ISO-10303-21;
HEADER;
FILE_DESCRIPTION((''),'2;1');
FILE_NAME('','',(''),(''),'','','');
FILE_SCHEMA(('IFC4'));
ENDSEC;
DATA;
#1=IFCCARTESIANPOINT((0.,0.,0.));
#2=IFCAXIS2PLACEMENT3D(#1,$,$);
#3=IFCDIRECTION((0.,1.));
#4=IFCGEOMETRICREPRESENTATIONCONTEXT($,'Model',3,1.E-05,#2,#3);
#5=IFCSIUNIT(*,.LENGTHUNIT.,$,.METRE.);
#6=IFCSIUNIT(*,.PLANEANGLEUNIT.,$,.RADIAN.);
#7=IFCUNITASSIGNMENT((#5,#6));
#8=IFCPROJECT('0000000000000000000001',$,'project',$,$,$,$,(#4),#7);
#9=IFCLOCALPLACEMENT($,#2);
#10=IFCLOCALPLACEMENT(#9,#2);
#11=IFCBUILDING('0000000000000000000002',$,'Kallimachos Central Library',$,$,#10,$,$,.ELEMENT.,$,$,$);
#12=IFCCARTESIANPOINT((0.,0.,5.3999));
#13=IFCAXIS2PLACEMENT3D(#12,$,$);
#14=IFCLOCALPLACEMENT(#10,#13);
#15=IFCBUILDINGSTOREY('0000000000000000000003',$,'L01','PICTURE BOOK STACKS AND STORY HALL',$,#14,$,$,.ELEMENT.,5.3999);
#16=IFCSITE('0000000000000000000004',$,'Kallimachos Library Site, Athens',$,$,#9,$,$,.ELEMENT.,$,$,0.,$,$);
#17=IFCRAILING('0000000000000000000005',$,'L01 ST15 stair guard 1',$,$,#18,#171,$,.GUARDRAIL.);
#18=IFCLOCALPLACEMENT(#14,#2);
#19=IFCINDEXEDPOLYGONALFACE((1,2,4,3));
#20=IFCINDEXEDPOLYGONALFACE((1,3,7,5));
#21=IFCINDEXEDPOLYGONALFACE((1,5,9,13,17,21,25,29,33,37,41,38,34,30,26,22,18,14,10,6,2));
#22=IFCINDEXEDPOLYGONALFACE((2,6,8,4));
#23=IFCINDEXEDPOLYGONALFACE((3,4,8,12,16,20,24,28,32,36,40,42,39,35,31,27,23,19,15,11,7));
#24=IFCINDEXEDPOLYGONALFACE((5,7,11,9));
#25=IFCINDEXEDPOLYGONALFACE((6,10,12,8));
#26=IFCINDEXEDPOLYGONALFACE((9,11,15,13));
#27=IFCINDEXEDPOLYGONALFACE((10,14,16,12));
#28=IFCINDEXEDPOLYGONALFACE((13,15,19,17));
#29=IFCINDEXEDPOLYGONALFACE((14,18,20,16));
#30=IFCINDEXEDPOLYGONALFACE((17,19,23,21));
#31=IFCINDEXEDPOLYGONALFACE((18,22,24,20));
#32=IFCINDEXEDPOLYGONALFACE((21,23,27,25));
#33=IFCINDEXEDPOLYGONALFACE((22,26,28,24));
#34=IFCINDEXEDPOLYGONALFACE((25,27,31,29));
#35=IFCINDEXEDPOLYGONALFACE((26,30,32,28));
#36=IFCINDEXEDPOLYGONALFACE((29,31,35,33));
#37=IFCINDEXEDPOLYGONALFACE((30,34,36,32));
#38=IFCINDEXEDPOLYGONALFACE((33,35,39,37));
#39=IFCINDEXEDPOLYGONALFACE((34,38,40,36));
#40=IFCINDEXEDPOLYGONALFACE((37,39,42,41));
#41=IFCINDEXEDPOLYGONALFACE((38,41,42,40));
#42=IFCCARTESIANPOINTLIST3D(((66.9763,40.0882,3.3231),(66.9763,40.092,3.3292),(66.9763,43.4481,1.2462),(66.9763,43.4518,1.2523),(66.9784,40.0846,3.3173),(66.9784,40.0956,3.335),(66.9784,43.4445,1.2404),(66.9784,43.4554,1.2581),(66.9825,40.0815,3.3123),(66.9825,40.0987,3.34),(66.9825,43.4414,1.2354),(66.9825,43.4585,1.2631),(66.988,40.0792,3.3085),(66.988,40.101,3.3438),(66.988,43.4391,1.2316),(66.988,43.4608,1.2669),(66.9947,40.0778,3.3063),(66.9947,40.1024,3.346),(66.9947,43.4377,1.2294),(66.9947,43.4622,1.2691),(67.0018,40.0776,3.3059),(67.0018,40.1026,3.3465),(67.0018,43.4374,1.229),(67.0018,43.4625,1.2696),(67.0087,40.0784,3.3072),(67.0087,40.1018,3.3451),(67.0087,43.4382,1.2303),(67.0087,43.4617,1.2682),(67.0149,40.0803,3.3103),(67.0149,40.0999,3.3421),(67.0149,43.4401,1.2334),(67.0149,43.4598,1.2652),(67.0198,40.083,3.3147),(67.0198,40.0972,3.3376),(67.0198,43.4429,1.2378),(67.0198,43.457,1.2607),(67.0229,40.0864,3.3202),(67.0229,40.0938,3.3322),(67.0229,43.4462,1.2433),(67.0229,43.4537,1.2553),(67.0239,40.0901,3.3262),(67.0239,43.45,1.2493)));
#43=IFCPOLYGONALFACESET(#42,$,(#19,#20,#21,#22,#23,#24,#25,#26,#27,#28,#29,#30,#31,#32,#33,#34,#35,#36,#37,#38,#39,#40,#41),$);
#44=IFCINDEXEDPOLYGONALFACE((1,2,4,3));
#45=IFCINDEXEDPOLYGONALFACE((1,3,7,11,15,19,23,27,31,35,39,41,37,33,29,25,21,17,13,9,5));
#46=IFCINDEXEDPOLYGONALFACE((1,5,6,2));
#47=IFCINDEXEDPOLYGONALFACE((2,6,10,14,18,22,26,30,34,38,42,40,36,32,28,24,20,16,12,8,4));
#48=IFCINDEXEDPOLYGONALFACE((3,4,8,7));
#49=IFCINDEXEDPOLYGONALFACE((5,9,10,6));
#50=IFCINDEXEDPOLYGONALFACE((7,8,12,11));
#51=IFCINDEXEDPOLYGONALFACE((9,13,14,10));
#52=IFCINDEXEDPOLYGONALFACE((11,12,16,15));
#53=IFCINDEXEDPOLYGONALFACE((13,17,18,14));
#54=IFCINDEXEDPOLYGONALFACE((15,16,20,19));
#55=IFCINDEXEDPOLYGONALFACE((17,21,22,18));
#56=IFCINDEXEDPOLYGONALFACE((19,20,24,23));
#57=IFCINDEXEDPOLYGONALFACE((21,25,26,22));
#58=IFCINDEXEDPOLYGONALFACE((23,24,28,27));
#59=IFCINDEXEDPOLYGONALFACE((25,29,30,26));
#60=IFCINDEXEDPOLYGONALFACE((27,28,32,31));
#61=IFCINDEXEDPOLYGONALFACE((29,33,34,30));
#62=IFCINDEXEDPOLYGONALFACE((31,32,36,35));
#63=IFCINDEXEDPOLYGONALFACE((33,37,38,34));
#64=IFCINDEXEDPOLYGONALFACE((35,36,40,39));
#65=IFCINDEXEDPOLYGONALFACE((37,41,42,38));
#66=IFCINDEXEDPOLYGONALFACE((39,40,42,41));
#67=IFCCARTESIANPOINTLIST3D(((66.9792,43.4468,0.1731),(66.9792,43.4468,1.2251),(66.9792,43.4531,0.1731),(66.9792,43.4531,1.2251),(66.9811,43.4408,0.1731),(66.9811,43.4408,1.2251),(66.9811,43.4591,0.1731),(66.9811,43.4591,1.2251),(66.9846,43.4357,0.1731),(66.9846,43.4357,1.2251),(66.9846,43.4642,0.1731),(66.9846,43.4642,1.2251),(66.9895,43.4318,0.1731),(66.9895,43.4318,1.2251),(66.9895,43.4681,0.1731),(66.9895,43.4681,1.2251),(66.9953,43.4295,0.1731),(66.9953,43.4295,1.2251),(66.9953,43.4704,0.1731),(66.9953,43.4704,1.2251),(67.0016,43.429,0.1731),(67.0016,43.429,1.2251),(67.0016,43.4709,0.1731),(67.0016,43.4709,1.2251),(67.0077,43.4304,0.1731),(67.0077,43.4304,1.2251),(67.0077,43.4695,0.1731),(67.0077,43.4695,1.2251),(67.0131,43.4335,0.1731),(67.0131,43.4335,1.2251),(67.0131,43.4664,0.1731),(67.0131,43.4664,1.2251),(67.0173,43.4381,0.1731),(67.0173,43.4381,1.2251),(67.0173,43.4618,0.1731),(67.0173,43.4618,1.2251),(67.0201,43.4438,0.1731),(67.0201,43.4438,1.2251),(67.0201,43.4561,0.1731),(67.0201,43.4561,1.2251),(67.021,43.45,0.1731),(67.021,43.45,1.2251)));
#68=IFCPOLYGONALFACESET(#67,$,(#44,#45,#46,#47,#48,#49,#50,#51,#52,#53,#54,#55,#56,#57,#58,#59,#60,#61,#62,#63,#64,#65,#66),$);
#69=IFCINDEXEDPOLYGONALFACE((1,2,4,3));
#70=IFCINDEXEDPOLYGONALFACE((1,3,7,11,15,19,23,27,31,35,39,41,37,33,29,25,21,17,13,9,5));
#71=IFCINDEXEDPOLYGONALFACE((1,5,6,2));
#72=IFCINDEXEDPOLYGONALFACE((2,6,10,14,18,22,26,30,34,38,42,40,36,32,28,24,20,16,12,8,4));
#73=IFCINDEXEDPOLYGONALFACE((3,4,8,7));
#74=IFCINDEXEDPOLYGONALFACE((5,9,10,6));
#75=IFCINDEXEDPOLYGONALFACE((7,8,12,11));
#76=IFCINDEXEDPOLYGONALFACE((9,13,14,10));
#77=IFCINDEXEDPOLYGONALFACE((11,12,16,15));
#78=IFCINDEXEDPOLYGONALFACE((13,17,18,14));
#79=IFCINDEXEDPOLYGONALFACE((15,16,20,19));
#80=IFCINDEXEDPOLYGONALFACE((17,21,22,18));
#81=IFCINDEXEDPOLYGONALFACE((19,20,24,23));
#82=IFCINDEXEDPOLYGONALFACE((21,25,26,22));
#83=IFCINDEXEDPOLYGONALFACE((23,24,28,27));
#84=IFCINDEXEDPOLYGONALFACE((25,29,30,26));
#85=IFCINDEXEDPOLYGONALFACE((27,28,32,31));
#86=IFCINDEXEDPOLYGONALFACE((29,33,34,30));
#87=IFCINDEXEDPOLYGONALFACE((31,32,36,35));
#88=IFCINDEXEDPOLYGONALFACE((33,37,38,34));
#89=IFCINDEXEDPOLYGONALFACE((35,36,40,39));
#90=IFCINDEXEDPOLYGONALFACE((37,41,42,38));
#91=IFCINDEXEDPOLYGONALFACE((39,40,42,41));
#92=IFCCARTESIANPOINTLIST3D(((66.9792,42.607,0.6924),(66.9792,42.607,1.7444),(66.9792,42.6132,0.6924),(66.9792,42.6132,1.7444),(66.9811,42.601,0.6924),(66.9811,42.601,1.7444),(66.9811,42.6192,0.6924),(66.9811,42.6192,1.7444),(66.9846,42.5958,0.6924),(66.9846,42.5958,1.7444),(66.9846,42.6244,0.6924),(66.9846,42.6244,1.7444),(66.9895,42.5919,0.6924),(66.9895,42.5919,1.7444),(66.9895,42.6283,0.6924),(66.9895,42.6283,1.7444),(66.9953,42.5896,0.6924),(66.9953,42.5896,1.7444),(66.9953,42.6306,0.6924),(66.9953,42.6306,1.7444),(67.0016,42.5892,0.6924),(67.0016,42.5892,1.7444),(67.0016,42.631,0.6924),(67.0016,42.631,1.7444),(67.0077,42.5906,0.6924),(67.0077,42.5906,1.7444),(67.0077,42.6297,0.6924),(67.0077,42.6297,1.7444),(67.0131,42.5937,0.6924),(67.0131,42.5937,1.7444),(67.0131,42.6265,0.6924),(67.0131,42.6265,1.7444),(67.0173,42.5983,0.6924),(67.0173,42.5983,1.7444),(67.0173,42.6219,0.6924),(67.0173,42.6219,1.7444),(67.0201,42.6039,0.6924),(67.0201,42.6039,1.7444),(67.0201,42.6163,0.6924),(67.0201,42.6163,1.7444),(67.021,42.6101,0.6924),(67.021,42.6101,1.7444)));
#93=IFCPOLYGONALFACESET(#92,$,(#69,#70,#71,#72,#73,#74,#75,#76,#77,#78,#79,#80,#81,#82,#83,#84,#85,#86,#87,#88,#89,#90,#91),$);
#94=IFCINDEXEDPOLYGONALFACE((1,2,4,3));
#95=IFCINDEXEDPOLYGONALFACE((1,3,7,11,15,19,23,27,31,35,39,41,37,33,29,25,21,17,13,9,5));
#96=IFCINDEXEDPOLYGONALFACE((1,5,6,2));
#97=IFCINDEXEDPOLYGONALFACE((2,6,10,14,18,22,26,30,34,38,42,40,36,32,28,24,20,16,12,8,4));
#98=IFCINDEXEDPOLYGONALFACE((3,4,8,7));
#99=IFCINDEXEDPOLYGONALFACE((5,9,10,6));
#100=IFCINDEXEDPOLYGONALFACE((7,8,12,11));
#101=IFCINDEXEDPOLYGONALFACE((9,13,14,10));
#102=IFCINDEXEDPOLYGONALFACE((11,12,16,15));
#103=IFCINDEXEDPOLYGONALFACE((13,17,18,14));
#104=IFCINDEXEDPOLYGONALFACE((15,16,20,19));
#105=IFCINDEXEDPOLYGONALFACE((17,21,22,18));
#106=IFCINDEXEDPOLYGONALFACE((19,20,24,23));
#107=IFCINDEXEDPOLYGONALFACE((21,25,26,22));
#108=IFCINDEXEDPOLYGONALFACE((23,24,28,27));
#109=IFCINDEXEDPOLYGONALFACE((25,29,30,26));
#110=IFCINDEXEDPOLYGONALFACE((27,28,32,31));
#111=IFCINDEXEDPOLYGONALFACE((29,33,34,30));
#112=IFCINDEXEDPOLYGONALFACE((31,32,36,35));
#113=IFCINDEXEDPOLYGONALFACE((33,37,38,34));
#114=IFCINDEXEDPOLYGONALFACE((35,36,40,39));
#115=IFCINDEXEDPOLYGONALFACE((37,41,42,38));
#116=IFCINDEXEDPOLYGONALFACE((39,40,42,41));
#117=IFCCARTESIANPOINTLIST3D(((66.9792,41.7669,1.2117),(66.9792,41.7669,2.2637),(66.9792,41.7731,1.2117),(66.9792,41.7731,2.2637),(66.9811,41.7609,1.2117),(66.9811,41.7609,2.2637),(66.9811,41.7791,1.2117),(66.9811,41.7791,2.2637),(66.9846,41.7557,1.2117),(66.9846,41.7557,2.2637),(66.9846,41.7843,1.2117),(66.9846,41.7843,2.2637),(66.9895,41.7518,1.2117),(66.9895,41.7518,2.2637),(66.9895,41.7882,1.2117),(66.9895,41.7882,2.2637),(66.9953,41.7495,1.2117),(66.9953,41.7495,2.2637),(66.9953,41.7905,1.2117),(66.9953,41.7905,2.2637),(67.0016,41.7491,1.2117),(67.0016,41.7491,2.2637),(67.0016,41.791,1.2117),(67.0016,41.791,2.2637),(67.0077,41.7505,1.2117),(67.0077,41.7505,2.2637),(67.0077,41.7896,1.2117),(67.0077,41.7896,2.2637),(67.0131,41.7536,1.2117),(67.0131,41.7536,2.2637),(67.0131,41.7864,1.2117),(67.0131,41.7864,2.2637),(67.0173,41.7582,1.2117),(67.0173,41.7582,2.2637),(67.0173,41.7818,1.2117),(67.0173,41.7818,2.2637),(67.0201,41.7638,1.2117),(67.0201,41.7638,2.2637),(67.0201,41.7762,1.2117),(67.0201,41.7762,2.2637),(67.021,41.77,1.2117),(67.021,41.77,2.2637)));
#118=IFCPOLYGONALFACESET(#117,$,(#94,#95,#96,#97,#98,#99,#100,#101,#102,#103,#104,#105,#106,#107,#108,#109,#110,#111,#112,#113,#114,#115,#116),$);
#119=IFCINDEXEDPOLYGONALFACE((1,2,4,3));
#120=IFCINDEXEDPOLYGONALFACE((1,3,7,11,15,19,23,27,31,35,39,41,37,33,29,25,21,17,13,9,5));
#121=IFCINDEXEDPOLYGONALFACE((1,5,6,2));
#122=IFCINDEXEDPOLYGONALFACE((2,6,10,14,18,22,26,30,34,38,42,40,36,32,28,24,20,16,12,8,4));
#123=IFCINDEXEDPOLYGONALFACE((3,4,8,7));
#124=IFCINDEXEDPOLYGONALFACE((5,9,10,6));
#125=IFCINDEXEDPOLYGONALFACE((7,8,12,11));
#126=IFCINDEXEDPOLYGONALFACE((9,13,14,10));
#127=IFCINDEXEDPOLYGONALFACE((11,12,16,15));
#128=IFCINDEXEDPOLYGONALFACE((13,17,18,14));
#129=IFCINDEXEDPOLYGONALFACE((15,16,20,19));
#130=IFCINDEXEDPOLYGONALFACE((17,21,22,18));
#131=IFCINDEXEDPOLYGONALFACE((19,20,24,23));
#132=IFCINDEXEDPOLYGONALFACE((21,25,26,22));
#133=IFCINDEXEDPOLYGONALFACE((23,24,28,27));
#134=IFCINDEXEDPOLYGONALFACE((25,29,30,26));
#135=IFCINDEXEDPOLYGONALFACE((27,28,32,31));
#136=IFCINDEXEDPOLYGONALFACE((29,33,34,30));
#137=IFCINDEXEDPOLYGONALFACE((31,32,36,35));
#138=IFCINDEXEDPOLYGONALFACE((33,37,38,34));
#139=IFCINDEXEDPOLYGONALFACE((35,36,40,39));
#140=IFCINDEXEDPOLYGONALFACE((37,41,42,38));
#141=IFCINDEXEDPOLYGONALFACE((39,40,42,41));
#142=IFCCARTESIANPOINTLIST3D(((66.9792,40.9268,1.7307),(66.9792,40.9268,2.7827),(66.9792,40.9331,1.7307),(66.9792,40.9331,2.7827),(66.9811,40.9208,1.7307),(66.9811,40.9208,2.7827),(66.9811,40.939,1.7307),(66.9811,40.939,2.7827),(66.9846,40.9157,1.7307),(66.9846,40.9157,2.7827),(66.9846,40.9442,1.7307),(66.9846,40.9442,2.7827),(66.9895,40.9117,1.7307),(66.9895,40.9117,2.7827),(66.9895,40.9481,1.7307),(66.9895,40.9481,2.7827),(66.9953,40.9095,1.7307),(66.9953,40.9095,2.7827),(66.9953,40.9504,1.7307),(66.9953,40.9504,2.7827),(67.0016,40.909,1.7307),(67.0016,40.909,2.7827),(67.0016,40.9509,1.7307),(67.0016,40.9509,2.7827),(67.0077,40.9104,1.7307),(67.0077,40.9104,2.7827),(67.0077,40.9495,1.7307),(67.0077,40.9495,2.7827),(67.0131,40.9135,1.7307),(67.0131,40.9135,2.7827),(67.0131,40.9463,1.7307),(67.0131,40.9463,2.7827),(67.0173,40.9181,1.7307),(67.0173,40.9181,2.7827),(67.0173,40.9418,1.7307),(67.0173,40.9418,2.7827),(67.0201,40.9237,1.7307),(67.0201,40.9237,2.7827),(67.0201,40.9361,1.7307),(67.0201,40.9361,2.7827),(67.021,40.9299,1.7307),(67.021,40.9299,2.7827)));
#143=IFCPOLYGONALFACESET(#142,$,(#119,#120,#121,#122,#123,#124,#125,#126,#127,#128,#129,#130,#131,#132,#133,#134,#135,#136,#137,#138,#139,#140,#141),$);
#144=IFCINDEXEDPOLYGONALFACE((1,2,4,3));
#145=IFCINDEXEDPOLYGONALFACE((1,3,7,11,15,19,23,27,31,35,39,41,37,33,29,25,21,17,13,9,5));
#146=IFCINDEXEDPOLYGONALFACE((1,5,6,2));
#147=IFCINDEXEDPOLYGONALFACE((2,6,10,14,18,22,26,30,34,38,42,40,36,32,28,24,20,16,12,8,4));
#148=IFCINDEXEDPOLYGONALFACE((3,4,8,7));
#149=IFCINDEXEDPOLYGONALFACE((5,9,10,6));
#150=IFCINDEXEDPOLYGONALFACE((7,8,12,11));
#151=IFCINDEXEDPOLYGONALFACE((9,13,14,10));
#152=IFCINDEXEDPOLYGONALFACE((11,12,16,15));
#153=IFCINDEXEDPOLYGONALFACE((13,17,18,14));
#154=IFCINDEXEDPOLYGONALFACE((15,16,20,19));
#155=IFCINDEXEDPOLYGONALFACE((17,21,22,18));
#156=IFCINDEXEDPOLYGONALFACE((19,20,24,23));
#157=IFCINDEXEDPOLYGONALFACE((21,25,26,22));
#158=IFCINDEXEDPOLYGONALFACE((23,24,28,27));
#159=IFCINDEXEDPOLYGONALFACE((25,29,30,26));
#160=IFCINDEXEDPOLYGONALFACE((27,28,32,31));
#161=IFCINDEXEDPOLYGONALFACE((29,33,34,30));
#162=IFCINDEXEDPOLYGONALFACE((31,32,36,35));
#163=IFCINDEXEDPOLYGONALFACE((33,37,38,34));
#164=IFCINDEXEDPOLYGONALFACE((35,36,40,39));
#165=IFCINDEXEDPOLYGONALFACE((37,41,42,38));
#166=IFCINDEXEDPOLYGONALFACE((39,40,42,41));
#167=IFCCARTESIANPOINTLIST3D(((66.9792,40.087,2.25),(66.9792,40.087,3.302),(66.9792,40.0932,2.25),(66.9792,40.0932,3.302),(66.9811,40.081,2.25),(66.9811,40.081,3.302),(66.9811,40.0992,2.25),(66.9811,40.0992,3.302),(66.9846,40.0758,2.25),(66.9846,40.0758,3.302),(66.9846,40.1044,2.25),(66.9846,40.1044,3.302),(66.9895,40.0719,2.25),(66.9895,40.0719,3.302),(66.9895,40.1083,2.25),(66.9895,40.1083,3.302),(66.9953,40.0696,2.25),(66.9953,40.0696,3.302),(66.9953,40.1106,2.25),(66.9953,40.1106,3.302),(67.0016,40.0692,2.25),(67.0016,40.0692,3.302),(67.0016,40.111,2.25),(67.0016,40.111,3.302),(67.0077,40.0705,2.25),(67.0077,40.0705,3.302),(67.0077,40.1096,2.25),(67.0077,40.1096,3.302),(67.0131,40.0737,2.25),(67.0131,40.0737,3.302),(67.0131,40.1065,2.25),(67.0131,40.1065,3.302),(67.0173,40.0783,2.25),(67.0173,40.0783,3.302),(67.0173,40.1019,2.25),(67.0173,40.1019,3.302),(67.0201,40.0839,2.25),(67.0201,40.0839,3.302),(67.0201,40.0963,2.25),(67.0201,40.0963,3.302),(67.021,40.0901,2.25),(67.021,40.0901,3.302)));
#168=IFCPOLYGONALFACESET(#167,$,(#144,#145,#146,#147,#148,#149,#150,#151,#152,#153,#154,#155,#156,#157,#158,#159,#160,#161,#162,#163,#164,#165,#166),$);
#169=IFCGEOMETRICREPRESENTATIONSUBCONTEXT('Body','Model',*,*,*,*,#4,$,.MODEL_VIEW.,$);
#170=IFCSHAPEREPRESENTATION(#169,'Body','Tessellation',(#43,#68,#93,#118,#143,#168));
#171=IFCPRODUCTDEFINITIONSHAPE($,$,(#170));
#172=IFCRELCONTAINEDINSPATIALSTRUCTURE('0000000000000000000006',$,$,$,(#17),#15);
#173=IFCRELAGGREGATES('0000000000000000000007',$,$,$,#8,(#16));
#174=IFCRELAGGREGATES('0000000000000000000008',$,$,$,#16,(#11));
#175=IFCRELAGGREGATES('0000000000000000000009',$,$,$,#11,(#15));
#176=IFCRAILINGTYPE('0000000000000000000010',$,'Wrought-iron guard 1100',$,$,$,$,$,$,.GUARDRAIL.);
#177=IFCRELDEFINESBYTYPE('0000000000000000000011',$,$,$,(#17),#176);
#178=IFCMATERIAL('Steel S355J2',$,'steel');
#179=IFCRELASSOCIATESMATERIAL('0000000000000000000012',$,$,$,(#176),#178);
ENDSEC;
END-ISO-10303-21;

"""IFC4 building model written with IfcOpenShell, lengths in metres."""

from ifc_helpers import new_model, si_unit, direction, frame, origin, origin_2d, place, context, subcontext, project, spatial, circle, extrude, material, type_object, element, save


model = new_model("IFC4")

# Units and contexts
model_context = context("Model", 3, precision=1e-05, world=origin(), true_north=direction((0.0, 1.0)))
body_context = subcontext(model_context, "Body", "Model", "MODEL_VIEW")
ifc_project = project(units=[si_unit("LENGTHUNIT", "METRE"), si_unit("PLANEANGLEUNIT", "RADIAN")], contexts=[model_context])

# Site, building, storey
site_placement = place(None, origin())
site = spatial("IfcSite", under=ifc_project, at=site_placement, Name="Kallimachos Library Site, Athens", CompositionType="ELEMENT", RefElevation=0.0)
building_placement = place(site_placement, origin())
building = spatial("IfcBuilding", under=site, at=building_placement, Name="Kallimachos Central Library", CompositionType="ELEMENT")
storey_placement = place(building_placement, frame((0.0, 0.0, 5.3999)))
storey = spatial("IfcBuildingStorey", under=building, at=storey_placement, Name="L01", Description="PICTURE BOOK STACKS AND STORY HALL", CompositionType="ELEMENT", Elevation=5.3999)

# Railing
ifc_material_1 = material(Name="Steel S355J2", Category="steel")
railing_type_1 = type_object("IfcRailingType", Name="Wrought-iron guard 1100", PredefinedType="GUARDRAIL", material=ifc_material_1)
railing_1_placement = place(storey_placement, frame((67.0, 43.45, 0.1731)))
element("IfcRailing", 1, at=railing_1_placement, inside=storey, type_object=railing_type_1, Name="L01 ST15 stair guard 1", PredefinedType="GUARDRAIL", context=body_context, shape_type="SweptSolid", body=[
    extrude(circle(Radius=0.0239, at=origin_2d()), frame((0.0, 0.0, 1.0762), z_axis=(0.0, -0.850606, 0.525803), x_axis=(1.0, 0.0, 0.0)), (0.0, 0.0, 1.0), 3.95),
    extrude(circle(Radius=0.021, at=origin_2d()), origin(), (0.0, 0.0, 1.0), 1.052),
    extrude(circle(Radius=0.021, at=origin_2d()), frame((0.0, -0.8398, 0.5193)), (0.0, 0.0, 1.0), 1.052),
    extrude(circle(Radius=0.021, at=origin_2d()), frame((0.0, -1.6799, 1.0386)), (0.0, 0.0, 1.0), 1.052),
    extrude(circle(Radius=0.021, at=origin_2d()), frame((0.0, -2.52, 1.5576)), (0.0, 0.0, 1.0), 1.052),
    extrude(circle(Radius=0.021, at=origin_2d()), frame((0.0, -3.3599, 2.0769)), (0.0, 0.0, 1.0), 1.052),
])

save(model, "model.ifc")
